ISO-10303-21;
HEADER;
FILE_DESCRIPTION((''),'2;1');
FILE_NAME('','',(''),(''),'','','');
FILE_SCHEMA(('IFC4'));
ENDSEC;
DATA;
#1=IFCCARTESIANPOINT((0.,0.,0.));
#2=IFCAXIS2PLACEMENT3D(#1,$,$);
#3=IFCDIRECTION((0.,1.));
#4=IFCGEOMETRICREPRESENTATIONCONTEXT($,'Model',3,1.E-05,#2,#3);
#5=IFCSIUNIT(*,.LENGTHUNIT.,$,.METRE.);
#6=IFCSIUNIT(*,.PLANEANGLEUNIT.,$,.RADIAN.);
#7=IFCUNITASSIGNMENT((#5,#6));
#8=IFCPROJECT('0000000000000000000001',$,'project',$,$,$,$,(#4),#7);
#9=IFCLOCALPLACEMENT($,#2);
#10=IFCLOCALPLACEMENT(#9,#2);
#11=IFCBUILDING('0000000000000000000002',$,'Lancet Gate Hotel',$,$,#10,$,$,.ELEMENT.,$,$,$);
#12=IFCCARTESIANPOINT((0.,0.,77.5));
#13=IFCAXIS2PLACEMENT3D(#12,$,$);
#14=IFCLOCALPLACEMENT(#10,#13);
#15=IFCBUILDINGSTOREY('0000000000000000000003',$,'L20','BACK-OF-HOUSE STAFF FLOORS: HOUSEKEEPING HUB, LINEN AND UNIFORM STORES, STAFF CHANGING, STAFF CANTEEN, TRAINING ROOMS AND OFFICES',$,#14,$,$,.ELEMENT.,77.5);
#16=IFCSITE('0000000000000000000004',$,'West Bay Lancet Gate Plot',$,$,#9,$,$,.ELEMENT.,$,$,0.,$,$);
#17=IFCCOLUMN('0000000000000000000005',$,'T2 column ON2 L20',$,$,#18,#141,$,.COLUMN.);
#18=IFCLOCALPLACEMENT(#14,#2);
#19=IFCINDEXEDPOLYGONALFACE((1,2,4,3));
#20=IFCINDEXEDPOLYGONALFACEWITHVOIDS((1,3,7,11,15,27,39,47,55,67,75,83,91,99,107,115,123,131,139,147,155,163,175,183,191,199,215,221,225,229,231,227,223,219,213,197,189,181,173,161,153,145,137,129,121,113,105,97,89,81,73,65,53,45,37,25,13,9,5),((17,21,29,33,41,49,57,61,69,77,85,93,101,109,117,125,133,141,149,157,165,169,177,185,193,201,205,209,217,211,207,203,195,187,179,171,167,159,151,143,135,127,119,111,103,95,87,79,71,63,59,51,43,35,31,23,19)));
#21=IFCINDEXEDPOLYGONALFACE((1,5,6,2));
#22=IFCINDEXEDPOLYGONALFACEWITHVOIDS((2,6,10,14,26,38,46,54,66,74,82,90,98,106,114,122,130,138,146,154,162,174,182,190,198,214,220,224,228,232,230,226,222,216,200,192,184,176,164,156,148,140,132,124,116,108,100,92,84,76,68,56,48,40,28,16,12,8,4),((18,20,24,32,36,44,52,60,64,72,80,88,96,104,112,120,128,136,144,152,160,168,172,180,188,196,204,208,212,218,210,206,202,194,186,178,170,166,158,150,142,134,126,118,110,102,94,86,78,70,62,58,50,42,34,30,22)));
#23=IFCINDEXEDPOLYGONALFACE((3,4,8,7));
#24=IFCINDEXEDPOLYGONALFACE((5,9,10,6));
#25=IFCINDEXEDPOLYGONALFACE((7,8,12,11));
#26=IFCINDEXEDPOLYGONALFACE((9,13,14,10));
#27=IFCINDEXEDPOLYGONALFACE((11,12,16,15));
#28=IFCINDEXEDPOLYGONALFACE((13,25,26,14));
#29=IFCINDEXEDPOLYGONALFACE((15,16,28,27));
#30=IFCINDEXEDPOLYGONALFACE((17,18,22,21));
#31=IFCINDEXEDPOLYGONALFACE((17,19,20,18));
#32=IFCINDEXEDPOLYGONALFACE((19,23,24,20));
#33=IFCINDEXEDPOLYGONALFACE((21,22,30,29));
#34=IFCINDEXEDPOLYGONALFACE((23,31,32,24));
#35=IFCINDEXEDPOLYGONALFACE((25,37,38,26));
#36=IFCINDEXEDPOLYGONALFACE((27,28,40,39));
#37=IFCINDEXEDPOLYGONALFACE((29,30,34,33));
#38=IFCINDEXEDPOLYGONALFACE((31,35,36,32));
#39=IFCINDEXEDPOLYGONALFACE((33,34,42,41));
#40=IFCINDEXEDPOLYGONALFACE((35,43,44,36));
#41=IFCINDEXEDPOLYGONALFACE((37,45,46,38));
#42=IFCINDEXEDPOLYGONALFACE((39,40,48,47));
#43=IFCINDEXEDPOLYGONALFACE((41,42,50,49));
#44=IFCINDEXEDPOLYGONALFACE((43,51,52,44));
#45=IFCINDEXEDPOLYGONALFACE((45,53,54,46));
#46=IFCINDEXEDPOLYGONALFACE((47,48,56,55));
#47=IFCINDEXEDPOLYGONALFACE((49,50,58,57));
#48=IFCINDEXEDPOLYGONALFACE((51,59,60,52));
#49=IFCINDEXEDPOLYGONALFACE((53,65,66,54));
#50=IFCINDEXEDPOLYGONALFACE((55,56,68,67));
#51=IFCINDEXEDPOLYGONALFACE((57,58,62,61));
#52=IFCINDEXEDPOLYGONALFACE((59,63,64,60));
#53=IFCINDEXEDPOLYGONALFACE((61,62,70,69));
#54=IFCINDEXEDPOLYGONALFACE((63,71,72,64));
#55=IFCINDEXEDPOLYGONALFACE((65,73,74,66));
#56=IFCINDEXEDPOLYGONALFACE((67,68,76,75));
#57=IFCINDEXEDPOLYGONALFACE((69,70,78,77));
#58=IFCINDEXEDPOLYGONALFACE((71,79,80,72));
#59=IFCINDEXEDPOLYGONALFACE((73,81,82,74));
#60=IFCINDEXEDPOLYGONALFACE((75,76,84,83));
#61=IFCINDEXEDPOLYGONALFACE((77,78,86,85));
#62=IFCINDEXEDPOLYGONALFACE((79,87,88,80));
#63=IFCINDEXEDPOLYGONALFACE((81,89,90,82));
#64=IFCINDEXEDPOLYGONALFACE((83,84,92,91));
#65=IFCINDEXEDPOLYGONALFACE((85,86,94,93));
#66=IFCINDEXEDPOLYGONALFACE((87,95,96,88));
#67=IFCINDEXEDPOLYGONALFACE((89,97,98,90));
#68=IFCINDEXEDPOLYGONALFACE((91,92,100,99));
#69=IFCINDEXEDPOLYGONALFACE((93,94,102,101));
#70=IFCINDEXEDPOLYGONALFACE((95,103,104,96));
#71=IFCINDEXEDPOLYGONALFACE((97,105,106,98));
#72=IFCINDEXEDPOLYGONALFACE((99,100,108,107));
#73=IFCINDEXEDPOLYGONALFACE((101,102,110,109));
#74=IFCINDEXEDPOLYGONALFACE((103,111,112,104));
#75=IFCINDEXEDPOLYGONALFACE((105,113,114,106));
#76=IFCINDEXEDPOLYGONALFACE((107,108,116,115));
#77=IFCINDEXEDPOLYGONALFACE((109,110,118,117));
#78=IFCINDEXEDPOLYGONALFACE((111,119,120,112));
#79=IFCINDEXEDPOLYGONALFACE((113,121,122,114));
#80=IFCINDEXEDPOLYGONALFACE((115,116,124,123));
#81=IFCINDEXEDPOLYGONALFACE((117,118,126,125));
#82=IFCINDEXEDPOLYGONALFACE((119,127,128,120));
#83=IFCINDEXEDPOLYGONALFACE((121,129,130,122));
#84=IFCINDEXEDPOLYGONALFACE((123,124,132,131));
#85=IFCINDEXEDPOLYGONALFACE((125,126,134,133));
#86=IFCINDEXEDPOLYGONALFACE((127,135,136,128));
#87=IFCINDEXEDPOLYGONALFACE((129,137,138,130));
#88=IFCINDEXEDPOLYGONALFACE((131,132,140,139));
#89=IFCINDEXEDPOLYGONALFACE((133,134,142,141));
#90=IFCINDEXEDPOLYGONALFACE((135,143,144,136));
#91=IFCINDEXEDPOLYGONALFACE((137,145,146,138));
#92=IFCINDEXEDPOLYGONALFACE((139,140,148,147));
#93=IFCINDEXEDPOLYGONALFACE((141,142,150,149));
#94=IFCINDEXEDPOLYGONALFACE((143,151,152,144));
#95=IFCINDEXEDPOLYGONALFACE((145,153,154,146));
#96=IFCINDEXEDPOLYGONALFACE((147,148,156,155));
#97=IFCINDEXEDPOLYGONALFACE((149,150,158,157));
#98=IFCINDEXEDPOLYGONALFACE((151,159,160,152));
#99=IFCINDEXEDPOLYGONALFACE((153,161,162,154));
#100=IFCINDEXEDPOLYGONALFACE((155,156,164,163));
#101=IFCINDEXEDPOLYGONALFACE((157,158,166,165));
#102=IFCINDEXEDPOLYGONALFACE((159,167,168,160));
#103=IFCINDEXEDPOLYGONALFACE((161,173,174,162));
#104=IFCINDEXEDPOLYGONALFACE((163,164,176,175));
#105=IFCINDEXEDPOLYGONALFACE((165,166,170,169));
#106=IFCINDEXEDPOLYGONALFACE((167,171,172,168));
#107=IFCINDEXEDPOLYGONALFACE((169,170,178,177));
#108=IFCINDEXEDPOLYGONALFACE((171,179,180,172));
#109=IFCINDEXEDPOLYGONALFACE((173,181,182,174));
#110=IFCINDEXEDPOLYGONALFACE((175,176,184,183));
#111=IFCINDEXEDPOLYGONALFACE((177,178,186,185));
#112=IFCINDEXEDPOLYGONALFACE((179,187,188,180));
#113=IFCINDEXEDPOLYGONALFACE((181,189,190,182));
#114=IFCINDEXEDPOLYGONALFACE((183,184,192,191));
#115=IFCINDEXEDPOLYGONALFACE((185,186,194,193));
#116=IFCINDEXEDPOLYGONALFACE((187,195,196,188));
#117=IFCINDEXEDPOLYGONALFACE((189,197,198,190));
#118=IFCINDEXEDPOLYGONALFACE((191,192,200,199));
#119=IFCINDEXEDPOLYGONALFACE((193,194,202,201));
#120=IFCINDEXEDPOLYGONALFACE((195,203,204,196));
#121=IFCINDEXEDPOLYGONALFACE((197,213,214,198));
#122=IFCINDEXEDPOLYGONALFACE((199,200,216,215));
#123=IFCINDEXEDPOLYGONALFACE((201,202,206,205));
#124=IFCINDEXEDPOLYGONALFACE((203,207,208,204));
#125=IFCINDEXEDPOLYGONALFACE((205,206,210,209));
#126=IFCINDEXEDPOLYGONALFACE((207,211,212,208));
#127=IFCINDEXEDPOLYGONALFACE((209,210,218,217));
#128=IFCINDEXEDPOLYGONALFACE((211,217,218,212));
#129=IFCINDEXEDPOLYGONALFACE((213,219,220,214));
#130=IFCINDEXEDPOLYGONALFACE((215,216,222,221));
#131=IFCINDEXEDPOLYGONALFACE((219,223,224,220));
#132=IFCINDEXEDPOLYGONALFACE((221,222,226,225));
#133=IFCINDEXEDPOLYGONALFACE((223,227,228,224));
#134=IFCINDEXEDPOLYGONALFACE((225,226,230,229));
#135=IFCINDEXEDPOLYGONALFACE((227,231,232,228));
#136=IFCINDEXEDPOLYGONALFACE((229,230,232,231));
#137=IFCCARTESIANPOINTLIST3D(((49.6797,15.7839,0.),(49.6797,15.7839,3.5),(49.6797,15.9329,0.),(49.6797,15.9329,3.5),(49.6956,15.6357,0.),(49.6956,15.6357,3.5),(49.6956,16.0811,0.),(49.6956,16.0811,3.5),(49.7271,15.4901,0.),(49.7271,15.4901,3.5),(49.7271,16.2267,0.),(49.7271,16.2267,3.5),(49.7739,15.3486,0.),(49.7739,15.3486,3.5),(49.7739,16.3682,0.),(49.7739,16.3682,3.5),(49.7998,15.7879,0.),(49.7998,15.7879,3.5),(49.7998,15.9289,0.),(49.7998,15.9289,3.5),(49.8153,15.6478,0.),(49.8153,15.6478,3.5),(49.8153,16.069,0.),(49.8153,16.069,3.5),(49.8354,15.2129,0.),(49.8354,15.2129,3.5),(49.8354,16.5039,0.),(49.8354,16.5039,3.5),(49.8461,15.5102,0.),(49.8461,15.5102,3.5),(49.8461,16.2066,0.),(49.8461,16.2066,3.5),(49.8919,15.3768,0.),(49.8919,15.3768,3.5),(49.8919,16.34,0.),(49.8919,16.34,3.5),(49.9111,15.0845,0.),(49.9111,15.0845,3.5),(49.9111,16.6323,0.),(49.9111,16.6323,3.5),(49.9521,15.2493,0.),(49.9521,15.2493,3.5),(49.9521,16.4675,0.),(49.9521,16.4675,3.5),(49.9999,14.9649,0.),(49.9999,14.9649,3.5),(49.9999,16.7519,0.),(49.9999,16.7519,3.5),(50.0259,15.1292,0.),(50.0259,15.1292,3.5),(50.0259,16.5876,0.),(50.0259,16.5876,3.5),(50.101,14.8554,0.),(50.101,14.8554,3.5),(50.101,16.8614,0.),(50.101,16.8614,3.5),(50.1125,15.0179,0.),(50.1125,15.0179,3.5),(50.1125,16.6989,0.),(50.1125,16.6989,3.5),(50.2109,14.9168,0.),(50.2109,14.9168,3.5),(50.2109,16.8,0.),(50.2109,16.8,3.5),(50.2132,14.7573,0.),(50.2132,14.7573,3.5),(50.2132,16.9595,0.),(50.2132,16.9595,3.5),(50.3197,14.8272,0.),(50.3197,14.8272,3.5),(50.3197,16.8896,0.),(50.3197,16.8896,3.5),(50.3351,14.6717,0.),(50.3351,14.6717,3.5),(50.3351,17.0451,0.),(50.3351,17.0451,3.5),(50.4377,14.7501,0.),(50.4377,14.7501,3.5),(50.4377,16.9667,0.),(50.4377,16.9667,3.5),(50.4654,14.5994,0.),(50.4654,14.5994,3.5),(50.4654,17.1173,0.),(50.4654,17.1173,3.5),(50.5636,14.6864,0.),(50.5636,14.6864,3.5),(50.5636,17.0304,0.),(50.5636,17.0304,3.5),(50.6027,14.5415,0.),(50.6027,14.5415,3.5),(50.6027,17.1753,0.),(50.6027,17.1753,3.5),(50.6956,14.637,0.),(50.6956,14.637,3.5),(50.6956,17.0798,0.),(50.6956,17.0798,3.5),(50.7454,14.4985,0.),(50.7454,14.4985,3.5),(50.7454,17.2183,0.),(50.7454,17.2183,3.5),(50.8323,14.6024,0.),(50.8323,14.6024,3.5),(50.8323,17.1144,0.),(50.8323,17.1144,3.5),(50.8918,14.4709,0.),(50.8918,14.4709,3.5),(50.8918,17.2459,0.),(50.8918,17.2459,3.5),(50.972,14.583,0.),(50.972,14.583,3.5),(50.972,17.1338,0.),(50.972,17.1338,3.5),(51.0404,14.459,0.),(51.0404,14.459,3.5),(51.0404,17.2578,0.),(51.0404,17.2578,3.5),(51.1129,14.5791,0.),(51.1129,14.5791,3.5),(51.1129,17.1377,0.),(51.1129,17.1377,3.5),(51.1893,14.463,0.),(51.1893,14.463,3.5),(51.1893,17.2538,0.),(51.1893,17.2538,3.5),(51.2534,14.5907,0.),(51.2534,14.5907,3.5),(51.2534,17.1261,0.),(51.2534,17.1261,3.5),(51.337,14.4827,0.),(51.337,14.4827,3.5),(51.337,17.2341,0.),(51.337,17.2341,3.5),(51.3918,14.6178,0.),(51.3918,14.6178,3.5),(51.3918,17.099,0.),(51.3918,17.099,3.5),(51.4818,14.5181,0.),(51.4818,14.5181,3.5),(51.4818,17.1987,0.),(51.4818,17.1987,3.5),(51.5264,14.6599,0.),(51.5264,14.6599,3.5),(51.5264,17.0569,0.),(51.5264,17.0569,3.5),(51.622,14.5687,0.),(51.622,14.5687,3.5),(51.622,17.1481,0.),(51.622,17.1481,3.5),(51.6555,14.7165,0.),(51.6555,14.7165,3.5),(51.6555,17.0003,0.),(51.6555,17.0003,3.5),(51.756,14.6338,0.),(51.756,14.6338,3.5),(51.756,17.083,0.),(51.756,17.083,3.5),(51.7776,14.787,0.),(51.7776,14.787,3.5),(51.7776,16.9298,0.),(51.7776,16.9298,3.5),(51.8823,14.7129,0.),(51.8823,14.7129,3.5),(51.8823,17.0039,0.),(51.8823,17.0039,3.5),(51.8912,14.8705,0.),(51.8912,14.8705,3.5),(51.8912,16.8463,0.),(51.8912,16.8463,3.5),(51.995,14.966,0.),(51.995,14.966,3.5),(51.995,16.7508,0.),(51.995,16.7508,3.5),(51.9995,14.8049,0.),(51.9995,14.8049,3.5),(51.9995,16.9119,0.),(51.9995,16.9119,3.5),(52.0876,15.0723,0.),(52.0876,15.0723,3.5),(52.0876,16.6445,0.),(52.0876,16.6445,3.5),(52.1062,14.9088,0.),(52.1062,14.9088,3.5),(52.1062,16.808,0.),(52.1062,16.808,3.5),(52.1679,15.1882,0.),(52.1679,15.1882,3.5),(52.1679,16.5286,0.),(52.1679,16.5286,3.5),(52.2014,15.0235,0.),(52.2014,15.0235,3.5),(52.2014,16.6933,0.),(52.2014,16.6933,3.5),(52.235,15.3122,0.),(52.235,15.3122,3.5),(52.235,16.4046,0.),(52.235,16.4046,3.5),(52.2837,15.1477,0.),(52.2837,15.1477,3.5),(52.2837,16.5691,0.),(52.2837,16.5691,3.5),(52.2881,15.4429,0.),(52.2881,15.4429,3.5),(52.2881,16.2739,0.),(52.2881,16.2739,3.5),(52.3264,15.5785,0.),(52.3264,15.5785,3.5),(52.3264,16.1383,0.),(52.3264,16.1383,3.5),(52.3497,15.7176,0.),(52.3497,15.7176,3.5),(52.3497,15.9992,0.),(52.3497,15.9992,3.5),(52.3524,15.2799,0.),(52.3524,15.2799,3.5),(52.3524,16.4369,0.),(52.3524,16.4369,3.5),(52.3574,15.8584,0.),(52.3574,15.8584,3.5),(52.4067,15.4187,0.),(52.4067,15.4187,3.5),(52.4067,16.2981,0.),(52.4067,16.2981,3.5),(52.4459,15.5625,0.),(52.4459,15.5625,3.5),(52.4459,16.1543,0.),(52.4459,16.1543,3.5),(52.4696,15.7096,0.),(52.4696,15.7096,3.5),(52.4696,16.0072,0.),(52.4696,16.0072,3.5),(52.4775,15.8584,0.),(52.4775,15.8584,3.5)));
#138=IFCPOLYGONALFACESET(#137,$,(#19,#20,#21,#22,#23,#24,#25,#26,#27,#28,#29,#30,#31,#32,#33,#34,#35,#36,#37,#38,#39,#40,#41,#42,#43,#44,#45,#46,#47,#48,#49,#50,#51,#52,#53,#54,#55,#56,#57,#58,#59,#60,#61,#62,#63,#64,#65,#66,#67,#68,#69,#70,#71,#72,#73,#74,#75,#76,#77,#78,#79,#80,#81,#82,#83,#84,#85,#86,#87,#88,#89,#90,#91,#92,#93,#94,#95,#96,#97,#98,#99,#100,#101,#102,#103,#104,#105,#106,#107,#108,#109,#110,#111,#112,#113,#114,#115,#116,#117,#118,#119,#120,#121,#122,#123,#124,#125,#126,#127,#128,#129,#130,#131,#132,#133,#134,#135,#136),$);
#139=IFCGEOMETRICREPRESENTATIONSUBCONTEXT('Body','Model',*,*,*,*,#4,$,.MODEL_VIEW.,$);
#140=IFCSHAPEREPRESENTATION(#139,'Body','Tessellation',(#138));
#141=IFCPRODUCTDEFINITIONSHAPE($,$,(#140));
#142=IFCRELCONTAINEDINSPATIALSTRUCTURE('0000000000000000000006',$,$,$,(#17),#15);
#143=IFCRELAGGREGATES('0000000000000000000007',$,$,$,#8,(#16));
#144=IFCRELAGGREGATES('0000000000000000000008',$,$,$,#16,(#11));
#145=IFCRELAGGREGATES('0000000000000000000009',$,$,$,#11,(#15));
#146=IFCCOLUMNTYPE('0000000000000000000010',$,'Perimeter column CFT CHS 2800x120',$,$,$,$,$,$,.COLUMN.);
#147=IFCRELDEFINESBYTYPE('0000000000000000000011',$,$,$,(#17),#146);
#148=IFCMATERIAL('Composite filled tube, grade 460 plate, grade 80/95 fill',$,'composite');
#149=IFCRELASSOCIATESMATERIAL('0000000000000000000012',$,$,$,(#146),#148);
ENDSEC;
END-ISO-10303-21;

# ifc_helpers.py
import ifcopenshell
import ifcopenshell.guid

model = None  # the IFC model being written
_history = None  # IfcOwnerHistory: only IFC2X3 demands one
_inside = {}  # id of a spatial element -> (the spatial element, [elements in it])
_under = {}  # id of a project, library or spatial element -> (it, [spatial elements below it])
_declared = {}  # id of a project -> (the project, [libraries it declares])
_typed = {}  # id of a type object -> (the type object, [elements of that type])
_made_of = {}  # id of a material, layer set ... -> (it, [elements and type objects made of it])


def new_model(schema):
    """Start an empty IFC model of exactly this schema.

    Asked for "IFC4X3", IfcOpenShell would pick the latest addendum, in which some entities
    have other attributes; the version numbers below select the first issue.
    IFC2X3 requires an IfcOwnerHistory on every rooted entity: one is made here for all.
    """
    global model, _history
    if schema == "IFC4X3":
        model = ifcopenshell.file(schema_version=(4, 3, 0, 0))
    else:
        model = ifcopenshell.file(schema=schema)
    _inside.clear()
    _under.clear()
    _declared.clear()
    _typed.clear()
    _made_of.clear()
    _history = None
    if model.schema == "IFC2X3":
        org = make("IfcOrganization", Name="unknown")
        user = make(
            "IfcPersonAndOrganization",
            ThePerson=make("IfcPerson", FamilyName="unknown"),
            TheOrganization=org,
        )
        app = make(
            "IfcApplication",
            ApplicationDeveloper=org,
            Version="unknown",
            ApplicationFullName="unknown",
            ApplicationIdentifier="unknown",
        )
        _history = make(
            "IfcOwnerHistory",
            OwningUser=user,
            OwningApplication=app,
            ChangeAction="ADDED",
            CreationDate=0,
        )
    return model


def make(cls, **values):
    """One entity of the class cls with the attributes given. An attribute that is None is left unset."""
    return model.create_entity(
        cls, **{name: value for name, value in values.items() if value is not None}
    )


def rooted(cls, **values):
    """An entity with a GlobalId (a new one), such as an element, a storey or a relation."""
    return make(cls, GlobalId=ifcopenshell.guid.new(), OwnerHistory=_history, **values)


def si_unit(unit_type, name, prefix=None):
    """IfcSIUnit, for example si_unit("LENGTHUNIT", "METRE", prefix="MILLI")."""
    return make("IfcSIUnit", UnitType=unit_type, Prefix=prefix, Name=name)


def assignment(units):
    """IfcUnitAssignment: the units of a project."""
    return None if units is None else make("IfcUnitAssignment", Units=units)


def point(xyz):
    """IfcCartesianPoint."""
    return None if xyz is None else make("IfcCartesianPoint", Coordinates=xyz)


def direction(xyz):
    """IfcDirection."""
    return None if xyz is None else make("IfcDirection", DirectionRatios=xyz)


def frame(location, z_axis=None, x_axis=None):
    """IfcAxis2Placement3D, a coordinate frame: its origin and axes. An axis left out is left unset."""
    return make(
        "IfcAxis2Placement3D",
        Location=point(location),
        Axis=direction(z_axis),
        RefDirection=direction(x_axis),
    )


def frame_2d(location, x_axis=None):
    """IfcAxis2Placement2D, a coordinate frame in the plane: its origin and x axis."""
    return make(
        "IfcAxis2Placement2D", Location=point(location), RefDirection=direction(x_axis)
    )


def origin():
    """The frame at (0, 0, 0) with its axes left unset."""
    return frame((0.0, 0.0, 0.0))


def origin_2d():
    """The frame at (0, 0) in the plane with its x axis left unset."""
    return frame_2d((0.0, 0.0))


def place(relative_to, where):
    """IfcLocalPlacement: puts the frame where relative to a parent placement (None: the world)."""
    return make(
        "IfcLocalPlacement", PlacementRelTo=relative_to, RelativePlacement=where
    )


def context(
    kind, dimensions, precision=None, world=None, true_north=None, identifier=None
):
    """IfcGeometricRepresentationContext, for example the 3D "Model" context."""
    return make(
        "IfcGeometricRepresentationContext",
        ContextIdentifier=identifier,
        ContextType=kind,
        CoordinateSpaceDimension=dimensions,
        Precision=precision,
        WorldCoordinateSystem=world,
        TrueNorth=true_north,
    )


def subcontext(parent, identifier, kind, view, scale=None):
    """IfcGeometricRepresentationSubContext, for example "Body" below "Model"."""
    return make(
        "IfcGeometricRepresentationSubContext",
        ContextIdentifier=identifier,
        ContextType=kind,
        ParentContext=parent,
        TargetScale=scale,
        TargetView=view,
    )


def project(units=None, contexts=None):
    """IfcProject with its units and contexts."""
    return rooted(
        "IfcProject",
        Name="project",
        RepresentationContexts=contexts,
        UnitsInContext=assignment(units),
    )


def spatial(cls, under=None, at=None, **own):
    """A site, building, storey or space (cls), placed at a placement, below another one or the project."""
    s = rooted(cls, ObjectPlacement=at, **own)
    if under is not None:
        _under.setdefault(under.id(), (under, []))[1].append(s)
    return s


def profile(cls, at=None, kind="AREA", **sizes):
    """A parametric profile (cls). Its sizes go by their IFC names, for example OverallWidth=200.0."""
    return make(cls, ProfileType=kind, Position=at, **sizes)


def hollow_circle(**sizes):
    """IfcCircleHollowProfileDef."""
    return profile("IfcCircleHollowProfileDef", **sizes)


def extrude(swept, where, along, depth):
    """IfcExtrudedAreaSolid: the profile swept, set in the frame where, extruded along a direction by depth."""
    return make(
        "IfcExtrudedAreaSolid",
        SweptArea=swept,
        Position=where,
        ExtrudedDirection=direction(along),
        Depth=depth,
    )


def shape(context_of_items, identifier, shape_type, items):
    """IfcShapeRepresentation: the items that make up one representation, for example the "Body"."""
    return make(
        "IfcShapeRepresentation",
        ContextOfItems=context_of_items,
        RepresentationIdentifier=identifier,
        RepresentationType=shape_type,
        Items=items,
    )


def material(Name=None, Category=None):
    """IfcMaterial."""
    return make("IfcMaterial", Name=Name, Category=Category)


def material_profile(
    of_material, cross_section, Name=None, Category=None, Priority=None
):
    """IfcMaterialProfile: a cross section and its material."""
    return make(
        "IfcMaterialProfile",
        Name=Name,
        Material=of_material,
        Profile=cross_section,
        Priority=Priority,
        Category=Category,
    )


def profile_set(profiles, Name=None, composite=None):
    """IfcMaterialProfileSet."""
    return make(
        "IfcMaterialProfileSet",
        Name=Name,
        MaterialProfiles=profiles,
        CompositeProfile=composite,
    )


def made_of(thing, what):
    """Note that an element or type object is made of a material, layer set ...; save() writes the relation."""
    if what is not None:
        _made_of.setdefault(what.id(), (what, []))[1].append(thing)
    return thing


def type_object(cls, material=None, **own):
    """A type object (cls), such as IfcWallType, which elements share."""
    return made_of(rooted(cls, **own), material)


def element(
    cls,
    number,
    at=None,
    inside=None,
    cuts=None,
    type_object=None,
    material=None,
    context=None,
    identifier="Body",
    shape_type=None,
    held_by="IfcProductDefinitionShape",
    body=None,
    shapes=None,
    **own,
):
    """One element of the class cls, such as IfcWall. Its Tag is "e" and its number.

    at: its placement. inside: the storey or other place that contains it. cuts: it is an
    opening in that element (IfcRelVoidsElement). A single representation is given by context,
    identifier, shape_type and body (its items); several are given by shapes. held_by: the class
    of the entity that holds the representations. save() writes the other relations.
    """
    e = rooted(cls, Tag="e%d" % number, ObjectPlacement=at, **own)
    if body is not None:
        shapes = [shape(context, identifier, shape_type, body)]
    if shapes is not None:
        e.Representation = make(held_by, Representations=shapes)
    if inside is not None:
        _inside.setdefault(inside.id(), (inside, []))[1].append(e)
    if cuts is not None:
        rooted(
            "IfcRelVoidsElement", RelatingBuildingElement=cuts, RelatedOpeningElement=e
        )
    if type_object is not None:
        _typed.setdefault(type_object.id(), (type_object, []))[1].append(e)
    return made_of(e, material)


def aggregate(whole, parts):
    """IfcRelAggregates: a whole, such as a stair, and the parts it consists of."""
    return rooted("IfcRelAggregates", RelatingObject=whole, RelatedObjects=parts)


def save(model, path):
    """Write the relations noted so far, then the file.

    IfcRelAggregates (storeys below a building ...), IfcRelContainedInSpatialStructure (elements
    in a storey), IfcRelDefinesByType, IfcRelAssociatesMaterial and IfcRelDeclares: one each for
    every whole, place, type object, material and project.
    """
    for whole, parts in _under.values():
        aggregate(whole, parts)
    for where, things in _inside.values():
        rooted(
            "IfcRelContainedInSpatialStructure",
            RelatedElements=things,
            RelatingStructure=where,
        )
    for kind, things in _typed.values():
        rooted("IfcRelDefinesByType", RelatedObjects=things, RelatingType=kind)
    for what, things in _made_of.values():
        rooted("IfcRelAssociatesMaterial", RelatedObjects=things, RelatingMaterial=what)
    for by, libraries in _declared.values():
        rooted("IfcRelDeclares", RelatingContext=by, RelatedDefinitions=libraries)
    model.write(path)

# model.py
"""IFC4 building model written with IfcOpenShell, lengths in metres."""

from ifc_helpers import new_model, si_unit, direction, frame, origin, origin_2d, place, context, subcontext, project, spatial, hollow_circle, extrude, material, material_profile, profile_set, type_object, element, save


model = new_model("IFC4")

# Units and contexts
model_context = context("Model", 3, precision=1e-05, world=origin(), true_north=direction((0.0, 1.0)))
body_context = subcontext(model_context, "Body", "Model", "MODEL_VIEW")
ifc_project = project(units=[si_unit("LENGTHUNIT", "METRE"), si_unit("PLANEANGLEUNIT", "RADIAN")], contexts=[model_context])

# Site, building, storey
site_placement = place(None, origin())
site = spatial("IfcSite", under=ifc_project, at=site_placement, Name="West Bay Lancet Gate Plot", CompositionType="ELEMENT", RefElevation=0.0)
building_placement = place(site_placement, origin())
building = spatial("IfcBuilding", under=site, at=building_placement, Name="Lancet Gate Hotel", CompositionType="ELEMENT")
storey_placement = place(building_placement, frame((0.0, 0.0, 77.5)))
storey = spatial("IfcBuildingStorey", under=building, at=storey_placement, Name="L20", Description="BACK-OF-HOUSE STAFF FLOORS: HOUSEKEEPING HUB, LINEN AND UNIFORM STORES, STAFF CHANGING, STAFF CANTEEN, TRAINING ROOMS AND OFFICES", CompositionType="ELEMENT", Elevation=77.5)

# Column
ifc_material_1 = material(Name="Composite filled tube, grade 460 plate, grade 80/95 fill", Category="composite")
ifc_material_profile_1 = material_profile(ifc_material_1, hollow_circle(Radius=1.3999, WallThickness=0.1201, at=origin_2d()), Name="CHS 2800x120")
ifc_profile_set_1 = profile_set([ifc_material_profile_1], Name="Composite filled tube, grade 460 plate, grade 80/95 fill")
column_type = type_object("IfcColumnType", Name="Perimeter column CFT CHS 2800x120", PredefinedType="COLUMN", material=ifc_profile_set_1)
for number, where, z_axis, x_axis, name in (
    (1, (51.0776, 15.8584, 0.0), (0.0, 0.0, 1.0), (1.0, 0.0, 0.0), "T2 column ON2 L20"),
):
    element("IfcColumn", number, at=place(storey_placement, frame(where, z_axis=z_axis, x_axis=x_axis)), inside=storey, type_object=column_type, Name=name, PredefinedType="COLUMN", context=body_context, shape_type="SweptSolid", body=[
        extrude(hollow_circle(Radius=1.3999, WallThickness=0.1201, at=origin_2d()), origin(), (0.0, 0.0, 1.0), 3.5),
    ])

save(model, "model.ifc")
